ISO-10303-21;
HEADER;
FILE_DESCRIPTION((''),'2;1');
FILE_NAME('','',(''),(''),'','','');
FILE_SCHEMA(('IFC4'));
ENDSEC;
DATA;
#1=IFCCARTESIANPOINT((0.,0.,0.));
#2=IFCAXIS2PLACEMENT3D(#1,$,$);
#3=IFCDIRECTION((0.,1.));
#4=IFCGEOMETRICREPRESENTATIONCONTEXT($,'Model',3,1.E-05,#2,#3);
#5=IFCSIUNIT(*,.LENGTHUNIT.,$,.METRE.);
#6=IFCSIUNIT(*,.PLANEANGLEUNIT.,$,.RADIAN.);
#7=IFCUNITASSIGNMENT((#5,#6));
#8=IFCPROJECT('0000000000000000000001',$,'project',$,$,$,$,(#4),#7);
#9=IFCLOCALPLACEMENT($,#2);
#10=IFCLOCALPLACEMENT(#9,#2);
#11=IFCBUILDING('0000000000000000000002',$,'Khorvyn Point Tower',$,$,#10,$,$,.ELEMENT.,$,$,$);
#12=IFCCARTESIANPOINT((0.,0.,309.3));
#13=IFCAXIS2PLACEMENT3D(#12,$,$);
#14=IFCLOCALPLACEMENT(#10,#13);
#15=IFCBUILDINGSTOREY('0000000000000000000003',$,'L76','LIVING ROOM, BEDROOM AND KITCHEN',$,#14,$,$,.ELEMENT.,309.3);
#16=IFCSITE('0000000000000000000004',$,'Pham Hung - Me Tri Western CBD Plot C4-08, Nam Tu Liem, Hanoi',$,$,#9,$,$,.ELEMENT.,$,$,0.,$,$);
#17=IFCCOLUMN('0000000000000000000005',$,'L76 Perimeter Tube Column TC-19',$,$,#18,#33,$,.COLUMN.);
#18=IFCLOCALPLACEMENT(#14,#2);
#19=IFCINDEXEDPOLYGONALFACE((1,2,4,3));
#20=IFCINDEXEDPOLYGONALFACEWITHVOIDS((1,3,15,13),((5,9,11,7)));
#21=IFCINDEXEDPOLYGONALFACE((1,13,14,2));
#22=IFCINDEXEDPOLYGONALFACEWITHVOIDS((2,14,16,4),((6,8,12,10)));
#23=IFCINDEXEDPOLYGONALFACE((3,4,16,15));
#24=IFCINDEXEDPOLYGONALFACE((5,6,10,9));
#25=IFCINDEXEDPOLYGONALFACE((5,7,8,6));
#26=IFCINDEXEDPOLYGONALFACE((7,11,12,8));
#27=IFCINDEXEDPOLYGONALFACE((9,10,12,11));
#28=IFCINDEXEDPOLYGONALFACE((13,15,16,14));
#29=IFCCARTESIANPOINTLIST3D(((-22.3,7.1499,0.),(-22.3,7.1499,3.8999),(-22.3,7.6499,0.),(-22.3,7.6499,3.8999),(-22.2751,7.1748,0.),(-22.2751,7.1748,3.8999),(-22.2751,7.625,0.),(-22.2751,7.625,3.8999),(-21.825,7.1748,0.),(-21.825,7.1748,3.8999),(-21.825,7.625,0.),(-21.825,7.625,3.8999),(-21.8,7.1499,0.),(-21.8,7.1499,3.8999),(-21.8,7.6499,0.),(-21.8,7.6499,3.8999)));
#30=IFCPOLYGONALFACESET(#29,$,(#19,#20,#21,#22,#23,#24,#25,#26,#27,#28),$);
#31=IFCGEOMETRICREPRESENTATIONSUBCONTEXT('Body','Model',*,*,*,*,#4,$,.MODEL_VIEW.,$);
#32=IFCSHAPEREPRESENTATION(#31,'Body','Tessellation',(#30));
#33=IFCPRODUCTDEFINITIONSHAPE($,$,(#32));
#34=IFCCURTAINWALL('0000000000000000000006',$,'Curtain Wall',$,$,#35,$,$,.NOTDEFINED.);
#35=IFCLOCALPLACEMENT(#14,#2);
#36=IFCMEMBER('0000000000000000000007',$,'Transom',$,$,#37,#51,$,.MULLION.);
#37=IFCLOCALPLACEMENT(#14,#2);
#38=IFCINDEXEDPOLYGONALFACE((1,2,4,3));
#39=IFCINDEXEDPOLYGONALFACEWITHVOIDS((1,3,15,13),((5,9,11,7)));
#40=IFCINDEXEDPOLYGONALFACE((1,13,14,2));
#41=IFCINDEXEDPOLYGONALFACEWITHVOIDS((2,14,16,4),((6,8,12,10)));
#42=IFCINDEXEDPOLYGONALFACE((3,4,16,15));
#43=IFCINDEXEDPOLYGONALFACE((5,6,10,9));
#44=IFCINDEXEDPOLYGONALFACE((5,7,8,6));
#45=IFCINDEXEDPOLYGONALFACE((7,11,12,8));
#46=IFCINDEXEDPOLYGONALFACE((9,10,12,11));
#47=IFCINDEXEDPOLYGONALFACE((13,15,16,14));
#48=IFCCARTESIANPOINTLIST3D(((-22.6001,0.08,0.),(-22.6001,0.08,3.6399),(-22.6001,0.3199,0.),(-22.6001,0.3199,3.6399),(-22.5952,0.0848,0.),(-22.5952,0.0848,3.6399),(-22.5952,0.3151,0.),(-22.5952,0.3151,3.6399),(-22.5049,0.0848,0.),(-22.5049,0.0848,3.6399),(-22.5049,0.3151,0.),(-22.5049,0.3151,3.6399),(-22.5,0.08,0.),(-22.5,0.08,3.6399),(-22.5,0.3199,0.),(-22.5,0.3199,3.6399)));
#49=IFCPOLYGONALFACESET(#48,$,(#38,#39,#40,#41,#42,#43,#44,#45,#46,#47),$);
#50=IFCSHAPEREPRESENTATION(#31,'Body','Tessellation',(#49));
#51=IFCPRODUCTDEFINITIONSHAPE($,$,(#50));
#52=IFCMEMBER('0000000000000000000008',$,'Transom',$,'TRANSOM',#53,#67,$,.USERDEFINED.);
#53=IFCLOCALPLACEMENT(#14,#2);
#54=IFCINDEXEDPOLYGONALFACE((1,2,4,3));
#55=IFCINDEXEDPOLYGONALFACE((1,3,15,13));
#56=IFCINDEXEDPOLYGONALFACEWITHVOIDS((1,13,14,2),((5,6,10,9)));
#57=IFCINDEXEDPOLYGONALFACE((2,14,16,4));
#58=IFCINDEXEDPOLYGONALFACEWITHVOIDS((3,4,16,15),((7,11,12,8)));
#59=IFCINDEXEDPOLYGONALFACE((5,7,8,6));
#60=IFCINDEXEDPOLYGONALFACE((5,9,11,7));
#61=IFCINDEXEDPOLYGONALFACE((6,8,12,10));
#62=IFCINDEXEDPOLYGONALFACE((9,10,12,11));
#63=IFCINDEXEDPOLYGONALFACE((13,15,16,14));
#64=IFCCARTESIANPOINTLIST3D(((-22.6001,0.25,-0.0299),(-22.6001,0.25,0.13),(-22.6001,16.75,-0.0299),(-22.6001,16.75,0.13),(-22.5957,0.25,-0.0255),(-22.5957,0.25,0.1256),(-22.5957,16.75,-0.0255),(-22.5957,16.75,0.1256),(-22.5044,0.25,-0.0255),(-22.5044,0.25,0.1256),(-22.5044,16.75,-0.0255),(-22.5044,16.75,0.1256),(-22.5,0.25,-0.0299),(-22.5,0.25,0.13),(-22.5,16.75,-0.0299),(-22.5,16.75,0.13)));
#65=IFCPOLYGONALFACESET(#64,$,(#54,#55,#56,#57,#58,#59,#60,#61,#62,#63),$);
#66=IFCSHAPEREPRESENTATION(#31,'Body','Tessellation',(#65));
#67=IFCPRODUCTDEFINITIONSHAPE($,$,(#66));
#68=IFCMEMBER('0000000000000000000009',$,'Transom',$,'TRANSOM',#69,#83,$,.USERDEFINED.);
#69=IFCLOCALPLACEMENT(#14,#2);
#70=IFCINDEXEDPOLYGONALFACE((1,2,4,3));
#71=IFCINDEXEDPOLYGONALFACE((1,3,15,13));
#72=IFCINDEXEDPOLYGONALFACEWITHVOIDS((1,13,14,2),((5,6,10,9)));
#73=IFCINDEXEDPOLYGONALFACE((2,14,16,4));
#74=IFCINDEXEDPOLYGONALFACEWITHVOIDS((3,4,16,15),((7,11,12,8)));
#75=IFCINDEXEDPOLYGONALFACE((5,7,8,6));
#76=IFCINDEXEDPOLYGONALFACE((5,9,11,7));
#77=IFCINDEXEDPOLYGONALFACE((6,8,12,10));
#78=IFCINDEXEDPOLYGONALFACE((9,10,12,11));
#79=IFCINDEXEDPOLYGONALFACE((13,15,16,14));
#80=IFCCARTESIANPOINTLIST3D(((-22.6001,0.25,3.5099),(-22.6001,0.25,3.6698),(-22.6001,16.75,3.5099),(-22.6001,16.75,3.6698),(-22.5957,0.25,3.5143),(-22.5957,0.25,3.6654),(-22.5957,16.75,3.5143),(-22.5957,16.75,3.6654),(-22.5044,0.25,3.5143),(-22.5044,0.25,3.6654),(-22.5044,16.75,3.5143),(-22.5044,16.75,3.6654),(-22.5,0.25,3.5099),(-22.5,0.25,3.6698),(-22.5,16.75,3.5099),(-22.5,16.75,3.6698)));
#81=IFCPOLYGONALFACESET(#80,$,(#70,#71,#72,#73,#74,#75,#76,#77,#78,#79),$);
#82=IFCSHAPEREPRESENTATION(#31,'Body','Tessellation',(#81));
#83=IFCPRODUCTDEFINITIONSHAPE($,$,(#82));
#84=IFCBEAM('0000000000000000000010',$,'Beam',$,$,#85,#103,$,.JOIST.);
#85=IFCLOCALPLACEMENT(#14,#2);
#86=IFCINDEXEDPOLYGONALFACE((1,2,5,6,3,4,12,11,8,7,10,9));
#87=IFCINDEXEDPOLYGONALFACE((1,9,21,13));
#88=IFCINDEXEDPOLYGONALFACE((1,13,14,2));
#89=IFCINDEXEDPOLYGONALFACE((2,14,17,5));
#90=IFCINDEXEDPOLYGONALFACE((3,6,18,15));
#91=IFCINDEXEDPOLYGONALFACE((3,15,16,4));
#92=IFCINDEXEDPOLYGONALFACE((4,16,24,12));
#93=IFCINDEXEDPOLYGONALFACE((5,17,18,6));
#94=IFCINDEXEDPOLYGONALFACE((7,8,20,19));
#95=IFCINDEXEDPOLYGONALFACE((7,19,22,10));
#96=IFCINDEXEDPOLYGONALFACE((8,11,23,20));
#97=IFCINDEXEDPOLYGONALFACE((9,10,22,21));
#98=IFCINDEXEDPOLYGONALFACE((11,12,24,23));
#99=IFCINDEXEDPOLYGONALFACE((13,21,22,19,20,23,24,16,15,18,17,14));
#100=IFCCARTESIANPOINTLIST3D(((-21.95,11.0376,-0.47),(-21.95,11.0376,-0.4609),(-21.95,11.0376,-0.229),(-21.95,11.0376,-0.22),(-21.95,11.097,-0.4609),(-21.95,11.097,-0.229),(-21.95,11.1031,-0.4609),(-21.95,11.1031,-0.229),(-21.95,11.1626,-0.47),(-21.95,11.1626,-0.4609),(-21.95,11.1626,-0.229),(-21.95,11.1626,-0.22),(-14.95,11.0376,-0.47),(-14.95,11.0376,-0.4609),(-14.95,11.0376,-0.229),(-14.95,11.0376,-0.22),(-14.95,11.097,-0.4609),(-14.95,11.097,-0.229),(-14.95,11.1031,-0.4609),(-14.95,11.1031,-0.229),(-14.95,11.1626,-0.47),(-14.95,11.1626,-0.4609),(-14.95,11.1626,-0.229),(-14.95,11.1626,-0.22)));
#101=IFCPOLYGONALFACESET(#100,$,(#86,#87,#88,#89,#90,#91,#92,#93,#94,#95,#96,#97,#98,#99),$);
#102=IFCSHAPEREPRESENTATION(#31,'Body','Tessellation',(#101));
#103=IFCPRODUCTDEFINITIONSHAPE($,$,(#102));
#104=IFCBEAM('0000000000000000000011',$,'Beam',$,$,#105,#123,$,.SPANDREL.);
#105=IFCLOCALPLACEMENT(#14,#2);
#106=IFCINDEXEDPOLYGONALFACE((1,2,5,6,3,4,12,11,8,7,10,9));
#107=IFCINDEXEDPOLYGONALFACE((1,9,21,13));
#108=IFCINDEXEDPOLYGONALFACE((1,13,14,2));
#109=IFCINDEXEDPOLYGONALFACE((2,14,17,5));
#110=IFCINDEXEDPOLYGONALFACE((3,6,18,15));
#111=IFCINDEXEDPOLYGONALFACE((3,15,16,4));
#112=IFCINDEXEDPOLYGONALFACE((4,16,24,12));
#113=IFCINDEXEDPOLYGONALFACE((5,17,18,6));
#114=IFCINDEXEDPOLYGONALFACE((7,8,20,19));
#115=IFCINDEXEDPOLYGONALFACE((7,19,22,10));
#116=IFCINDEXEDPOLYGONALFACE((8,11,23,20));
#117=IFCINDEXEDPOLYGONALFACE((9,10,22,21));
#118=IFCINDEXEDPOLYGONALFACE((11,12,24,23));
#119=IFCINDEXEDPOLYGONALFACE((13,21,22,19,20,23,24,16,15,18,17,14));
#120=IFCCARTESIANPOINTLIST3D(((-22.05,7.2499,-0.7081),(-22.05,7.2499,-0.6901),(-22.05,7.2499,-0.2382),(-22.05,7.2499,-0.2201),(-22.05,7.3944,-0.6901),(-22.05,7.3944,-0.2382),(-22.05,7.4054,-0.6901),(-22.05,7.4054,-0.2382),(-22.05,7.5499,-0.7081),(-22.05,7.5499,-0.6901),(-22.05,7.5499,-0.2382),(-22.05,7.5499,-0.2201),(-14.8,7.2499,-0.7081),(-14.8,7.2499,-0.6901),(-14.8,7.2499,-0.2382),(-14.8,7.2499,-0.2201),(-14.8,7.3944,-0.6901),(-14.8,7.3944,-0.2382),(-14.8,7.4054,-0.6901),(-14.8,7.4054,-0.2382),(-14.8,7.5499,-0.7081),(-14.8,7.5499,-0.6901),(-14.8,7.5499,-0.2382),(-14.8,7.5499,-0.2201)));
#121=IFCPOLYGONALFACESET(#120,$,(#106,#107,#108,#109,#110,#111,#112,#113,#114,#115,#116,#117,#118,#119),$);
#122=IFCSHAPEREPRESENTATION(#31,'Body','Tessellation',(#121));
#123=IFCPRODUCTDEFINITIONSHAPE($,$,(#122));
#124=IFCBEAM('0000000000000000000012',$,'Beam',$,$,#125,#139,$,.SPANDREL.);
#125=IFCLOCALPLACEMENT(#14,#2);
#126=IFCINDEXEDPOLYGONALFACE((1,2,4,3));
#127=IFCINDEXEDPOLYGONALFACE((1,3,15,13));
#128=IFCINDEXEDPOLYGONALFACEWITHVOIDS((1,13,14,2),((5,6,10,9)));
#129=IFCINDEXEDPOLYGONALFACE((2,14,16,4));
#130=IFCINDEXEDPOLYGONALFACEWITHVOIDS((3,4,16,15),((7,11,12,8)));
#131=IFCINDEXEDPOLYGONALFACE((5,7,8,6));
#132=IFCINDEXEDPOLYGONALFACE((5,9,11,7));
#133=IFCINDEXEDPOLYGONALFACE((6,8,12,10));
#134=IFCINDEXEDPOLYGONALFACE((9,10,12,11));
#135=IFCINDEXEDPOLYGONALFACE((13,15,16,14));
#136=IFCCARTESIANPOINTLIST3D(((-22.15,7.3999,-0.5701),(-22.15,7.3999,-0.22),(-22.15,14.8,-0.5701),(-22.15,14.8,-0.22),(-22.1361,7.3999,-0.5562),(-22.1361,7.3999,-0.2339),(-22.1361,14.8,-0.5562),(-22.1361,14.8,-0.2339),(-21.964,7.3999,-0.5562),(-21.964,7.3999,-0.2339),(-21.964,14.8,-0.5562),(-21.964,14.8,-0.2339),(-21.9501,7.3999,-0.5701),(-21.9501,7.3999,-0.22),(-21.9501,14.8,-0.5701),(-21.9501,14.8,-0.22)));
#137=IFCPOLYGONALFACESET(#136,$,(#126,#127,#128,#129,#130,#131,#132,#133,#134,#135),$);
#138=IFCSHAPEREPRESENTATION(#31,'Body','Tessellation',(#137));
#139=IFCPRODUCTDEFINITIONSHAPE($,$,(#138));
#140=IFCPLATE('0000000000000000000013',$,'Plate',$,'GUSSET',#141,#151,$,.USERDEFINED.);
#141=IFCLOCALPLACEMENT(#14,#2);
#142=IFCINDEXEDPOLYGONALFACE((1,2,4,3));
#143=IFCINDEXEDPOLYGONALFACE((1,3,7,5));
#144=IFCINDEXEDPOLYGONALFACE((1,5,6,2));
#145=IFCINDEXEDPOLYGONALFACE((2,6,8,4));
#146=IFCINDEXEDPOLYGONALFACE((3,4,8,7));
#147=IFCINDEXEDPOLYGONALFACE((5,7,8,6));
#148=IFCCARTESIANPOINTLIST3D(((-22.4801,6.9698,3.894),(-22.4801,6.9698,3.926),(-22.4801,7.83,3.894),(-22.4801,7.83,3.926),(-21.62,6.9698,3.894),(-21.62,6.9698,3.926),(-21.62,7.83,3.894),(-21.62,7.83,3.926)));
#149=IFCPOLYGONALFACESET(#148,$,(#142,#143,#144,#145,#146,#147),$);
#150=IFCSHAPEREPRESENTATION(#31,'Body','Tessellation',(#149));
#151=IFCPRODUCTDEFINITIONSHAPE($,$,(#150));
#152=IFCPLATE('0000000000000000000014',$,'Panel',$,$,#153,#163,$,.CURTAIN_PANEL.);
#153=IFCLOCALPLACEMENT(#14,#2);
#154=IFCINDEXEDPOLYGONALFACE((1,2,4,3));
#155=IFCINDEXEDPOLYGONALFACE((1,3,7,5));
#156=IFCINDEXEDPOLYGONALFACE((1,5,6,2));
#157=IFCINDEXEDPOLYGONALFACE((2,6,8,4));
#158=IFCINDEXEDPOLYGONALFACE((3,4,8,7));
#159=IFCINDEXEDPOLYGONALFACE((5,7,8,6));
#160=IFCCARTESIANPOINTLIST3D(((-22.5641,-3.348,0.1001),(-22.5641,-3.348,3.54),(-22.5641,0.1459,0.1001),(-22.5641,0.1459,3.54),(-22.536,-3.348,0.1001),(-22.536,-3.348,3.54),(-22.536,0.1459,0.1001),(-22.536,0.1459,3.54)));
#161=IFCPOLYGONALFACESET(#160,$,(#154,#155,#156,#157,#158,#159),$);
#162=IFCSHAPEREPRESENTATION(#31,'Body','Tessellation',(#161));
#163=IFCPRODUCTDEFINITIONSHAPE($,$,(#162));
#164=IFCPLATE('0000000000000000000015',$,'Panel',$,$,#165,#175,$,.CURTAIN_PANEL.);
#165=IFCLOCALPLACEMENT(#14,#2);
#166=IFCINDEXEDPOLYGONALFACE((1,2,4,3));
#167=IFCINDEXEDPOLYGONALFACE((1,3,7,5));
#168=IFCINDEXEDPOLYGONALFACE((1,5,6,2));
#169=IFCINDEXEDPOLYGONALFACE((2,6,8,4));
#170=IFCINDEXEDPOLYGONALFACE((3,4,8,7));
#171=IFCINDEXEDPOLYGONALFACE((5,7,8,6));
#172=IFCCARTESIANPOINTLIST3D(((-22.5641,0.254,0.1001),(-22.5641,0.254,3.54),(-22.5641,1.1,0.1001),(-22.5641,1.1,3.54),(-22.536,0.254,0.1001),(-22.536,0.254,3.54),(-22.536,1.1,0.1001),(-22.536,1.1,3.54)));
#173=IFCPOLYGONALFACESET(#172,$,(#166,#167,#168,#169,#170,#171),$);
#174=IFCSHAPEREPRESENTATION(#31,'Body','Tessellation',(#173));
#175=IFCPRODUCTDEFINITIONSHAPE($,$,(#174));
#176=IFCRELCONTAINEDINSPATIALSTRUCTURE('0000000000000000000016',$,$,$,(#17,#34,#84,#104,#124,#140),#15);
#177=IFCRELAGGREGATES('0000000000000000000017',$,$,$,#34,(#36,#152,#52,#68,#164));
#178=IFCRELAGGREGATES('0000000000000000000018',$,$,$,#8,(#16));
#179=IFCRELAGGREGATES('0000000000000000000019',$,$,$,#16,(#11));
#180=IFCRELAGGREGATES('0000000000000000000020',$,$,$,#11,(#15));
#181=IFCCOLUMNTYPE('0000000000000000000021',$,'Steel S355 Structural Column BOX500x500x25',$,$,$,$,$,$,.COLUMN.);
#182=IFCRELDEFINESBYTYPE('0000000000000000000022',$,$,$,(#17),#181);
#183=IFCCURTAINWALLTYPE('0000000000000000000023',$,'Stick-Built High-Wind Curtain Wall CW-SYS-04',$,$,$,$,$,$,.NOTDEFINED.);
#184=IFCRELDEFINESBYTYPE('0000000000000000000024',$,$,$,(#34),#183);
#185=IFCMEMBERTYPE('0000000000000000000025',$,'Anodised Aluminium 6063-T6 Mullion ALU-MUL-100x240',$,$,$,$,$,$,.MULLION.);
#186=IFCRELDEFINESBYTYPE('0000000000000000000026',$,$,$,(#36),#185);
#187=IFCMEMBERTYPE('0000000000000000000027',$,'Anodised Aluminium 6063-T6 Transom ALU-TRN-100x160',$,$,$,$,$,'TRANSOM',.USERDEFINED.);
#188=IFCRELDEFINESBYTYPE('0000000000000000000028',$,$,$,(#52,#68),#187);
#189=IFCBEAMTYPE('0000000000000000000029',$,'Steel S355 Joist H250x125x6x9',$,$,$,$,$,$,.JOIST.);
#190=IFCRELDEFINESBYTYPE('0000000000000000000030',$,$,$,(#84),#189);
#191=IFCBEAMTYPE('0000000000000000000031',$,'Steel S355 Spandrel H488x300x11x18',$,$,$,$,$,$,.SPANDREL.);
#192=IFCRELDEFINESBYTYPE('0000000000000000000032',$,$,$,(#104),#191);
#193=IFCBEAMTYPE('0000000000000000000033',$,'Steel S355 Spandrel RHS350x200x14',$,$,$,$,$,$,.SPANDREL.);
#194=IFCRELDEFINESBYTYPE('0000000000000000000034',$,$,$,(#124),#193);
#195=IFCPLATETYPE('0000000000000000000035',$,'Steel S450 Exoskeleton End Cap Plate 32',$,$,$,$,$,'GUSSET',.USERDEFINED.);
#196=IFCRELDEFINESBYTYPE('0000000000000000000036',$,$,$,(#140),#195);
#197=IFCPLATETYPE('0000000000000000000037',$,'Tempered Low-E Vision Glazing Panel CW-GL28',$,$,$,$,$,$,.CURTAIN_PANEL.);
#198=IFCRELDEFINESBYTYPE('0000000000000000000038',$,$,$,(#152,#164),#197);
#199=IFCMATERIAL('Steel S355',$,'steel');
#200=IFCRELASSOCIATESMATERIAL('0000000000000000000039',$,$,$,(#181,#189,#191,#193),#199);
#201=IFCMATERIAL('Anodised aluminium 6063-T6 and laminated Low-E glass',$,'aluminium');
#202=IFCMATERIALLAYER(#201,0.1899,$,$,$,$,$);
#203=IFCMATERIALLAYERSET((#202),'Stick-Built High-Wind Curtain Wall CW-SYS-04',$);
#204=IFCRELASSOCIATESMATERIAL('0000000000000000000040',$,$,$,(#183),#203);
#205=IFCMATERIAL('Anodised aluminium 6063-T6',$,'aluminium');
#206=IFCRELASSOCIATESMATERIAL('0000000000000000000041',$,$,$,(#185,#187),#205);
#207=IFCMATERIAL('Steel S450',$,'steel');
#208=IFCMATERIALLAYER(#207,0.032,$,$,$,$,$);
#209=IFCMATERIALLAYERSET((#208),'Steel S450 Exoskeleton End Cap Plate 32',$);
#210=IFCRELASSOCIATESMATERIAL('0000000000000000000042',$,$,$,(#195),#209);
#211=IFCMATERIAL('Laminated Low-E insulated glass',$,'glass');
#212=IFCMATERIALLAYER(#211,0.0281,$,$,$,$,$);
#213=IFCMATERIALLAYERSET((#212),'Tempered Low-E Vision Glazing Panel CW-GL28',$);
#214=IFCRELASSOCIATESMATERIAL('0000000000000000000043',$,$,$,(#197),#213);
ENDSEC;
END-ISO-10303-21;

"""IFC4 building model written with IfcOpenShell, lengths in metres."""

from ifc_helpers import new_model, si_unit, direction, frame, origin, origin_2d, place, context, subcontext, project, spatial, rectangle, hollow_rectangle, i_section, extrude, material, layer, layer_set, material_profile, profile_set, type_object, element, aggregate, save


model = new_model("IFC4")

# Units and contexts
model_context = context("Model", 3, precision=1e-05, world=origin(), true_north=direction((0.0, 1.0)))
body_context = subcontext(model_context, "Body", "Model", "MODEL_VIEW")
ifc_project = project(units=[si_unit("LENGTHUNIT", "METRE"), si_unit("PLANEANGLEUNIT", "RADIAN")], contexts=[model_context])

# Site, building, storey
site_placement = place(None, origin())
site = spatial("IfcSite", under=ifc_project, at=site_placement, Name="Pham Hung - Me Tri Western CBD Plot C4-08, Nam Tu Liem, Hanoi", CompositionType="ELEMENT", RefElevation=0.0)
building_placement = place(site_placement, origin())
building = spatial("IfcBuilding", under=site, at=building_placement, Name="Khorvyn Point Tower", CompositionType="ELEMENT")
storey_placement = place(building_placement, frame((0.0, 0.0, 309.3)))
storey = spatial("IfcBuildingStorey", under=building, at=storey_placement, Name="L76", Description="LIVING ROOM, BEDROOM AND KITCHEN", CompositionType="ELEMENT", Elevation=309.3)

# Column
ifc_material_1 = material(Name="Steel S355", Category="steel")
ifc_material_profile_1 = material_profile(ifc_material_1, hollow_rectangle(XDim=0.5, YDim=0.5, WallThickness=0.0249, at=origin_2d()))
ifc_profile_set_1 = profile_set([ifc_material_profile_1], Name="Steel S355 BOX500x500x25")
column_type = type_object("IfcColumnType", Name="Steel S355 Structural Column BOX500x500x25", PredefinedType="COLUMN", material=ifc_profile_set_1)
column_placement = place(storey_placement, frame((-22.05, 7.3999, 0.0), z_axis=(0.0, 0.0, 1.0), x_axis=(1.0, 0.0, 0.0)))
element("IfcColumn", 1, at=column_placement, inside=storey, type_object=column_type, Name="L76 Perimeter Tube Column TC-19", PredefinedType="COLUMN", context=body_context, shape_type="SweptSolid", body=[
    extrude(hollow_rectangle(XDim=0.5, YDim=0.5, WallThickness=0.0249, at=origin_2d()), origin(), (0.0, 0.0, 1.0), 3.8999),
])

# Curtain wall, members
ifc_material_2 = material(Name="Anodised aluminium 6063-T6 and laminated Low-E glass", Category="aluminium")
ifc_layer_1 = layer(ifc_material_2, 0.1899)
ifc_layer_set_1 = layer_set([ifc_layer_1], Name="Stick-Built High-Wind Curtain Wall CW-SYS-04")
curtain_wall_type = type_object("IfcCurtainWallType", Name="Stick-Built High-Wind Curtain Wall CW-SYS-04", PredefinedType="NOTDEFINED", material=ifc_layer_set_1)
curtain_wall_placement = place(storey_placement, origin())
curtain_wall = element("IfcCurtainWall", 2, at=curtain_wall_placement, inside=storey, type_object=curtain_wall_type, Name="Curtain Wall", PredefinedType="NOTDEFINED")
ifc_material_3 = material(Name="Anodised aluminium 6063-T6", Category="aluminium")
ifc_material_profile_2 = material_profile(ifc_material_3, hollow_rectangle(XDim=0.1001, YDim=0.24, WallThickness=0.0049, at=origin_2d()))
ifc_profile_set_2 = profile_set([ifc_material_profile_2], Name="Anodised aluminium 6063-T6 ALU-MUL-100x240")
member_type_1 = type_object("IfcMemberType", Name="Anodised Aluminium 6063-T6 Mullion ALU-MUL-100x240", PredefinedType="MULLION", material=ifc_profile_set_2)
member_1_placement = place(storey_placement, frame((-22.55, 0.2, 0.0), z_axis=(0.0, 0.0, 1.0), x_axis=(-1.0, 0.0, 0.0)))
member_1 = element("IfcMember", 3, at=member_1_placement, type_object=member_type_1, Name="Transom", PredefinedType="MULLION", context=body_context, shape_type="SweptSolid", body=[
    extrude(hollow_rectangle(XDim=0.1001, YDim=0.24, WallThickness=0.0049, at=origin_2d()), origin(), (0.0, 0.0, 1.0), 3.6399),
])
ifc_material_profile_3 = material_profile(ifc_material_3, hollow_rectangle(XDim=0.1001, YDim=0.1599, WallThickness=0.0044, at=origin_2d()))
ifc_profile_set_3 = profile_set([ifc_material_profile_3], Name="Anodised aluminium 6063-T6 ALU-TRN-100x160")
member_type_2 = type_object("IfcMemberType", Name="Anodised Aluminium 6063-T6 Transom ALU-TRN-100x160", ElementType="TRANSOM", PredefinedType="USERDEFINED", material=ifc_profile_set_3)
member_2_placement = place(storey_placement, frame((-22.55, 0.25, 0.05), z_axis=(0.0, 1.0, 0.0), x_axis=(-1.0, 0.0, 0.0)))
member_2 = element("IfcMember", 4, at=member_2_placement, type_object=member_type_2, Name="Transom", ObjectType="TRANSOM", PredefinedType="USERDEFINED", context=body_context, shape_type="SweptSolid", body=[
    extrude(hollow_rectangle(XDim=0.1001, YDim=0.1599, WallThickness=0.0044, at=origin_2d()), origin(), (0.0, 0.0, 1.0), 16.5),
])
member_3_placement = place(storey_placement, frame((-22.55, 0.25, 3.5898), z_axis=(0.0, 1.0, 0.0), x_axis=(-1.0, 0.0, 0.0)))
member_3 = element("IfcMember", 5, at=member_3_placement, type_object=member_type_2, Name="Transom", ObjectType="TRANSOM", PredefinedType="USERDEFINED", context=body_context, shape_type="SweptSolid", body=[
    extrude(hollow_rectangle(XDim=0.1001, YDim=0.1599, WallThickness=0.0044, at=origin_2d()), origin(), (0.0, 0.0, 1.0), 16.5),
])

# Beams
ifc_material_profile_4 = material_profile(ifc_material_1, i_section(OverallWidth=0.125, OverallDepth=0.25, WebThickness=0.0061, FlangeThickness=0.009, at=origin_2d()))
ifc_profile_set_4 = profile_set([ifc_material_profile_4], Name="Steel S355 H250x125x6x9")
beam_type_1 = type_object("IfcBeamType", Name="Steel S355 Joist H250x125x6x9", PredefinedType="JOIST", material=ifc_profile_set_4)
beam_1_placement = place(storey_placement, frame((-21.95, 11.1001, -0.345), z_axis=(1.0, 0.0, 0.0), x_axis=(0.0, 1.0, 0.0)))
element("IfcBeam", 6, at=beam_1_placement, inside=storey, type_object=beam_type_1, Name="Beam", PredefinedType="JOIST", context=body_context, shape_type="SweptSolid", body=[
    extrude(i_section(OverallWidth=0.125, OverallDepth=0.25, WebThickness=0.0061, FlangeThickness=0.009, at=origin_2d()), origin(), (0.0, 0.0, 1.0), 7.0),
])
ifc_material_profile_5 = material_profile(ifc_material_1, i_section(OverallWidth=0.3, OverallDepth=0.488, WebThickness=0.011, FlangeThickness=0.0181, at=origin_2d()))
ifc_profile_set_5 = profile_set([ifc_material_profile_5], Name="Steel S355 H488x300x11x18")
beam_type_2 = type_object("IfcBeamType", Name="Steel S355 Spandrel H488x300x11x18", PredefinedType="SPANDREL", material=ifc_profile_set_5)
beam_2_placement = place(storey_placement, frame((-22.05, 7.3999, -0.4641), z_axis=(1.0, 0.0, 0.0), x_axis=(0.0, 1.0, 0.0)))
element("IfcBeam", 7, at=beam_2_placement, inside=storey, type_object=beam_type_2, Name="Beam", PredefinedType="SPANDREL", context=body_context, shape_type="SweptSolid", body=[
    extrude(i_section(OverallWidth=0.3, OverallDepth=0.488, WebThickness=0.011, FlangeThickness=0.0181, at=origin_2d()), origin(), (0.0, 0.0, 1.0), 7.25),
])
ifc_material_profile_6 = material_profile(ifc_material_1, hollow_rectangle(XDim=0.2, YDim=0.3501, WallThickness=0.0139, at=origin_2d()))
ifc_profile_set_6 = profile_set([ifc_material_profile_6], Name="Steel S355 RHS350x200x14")
beam_type_3 = type_object("IfcBeamType", Name="Steel S355 Spandrel RHS350x200x14", PredefinedType="SPANDREL", material=ifc_profile_set_6)
beam_3_placement = place(storey_placement, frame((-22.05, 7.3999, -0.395), z_axis=(0.0, 1.0, 0.0), x_axis=(-1.0, 0.0, 0.0)))
element("IfcBeam", 8, at=beam_3_placement, inside=storey, type_object=beam_type_3, Name="Beam", PredefinedType="SPANDREL", context=body_context, shape_type="SweptSolid", body=[
    extrude(hollow_rectangle(XDim=0.2, YDim=0.3501, WallThickness=0.0139, at=origin_2d()), origin(), (0.0, 0.0, 1.0), 7.4001),
])

# Plates
ifc_material_4 = material(Name="Steel S450", Category="steel")
ifc_layer_2 = layer(ifc_material_4, 0.032)
ifc_layer_set_2 = layer_set([ifc_layer_2], Name="Steel S450 Exoskeleton End Cap Plate 32")
plate_type_1 = type_object("IfcPlateType", Name="Steel S450 Exoskeleton End Cap Plate 32", ElementType="GUSSET", PredefinedType="USERDEFINED", material=ifc_layer_set_2)
plate_1_placement = place(storey_placement, frame((-22.05, 7.3999, 3.894), z_axis=(0.0, 0.0, 1.0), x_axis=(1.0, 0.0, 0.0)))
element("IfcPlate", 9, at=plate_1_placement, inside=storey, type_object=plate_type_1, Name="Plate", ObjectType="GUSSET", PredefinedType="USERDEFINED", context=body_context, shape_type="SweptSolid", body=[
    extrude(rectangle(XDim=0.8601, YDim=0.8601, at=origin_2d()), origin(), (0.0, 0.0, 1.0), 0.032),
])
ifc_material_5 = material(Name="Laminated Low-E insulated glass", Category="glass")
ifc_layer_3 = layer(ifc_material_5, 0.0281)
ifc_layer_set_3 = layer_set([ifc_layer_3], Name="Tempered Low-E Vision Glazing Panel CW-GL28")
plate_type_2 = type_object("IfcPlateType", Name="Tempered Low-E Vision Glazing Panel CW-GL28", PredefinedType="CURTAIN_PANEL", material=ifc_layer_set_3)
plate_2_placement = place(storey_placement, frame((-22.55, -1.6011, 0.1001), z_axis=(0.0, 0.0, 1.0), x_axis=(0.0, 1.0, 0.0)))
plate_2 = element("IfcPlate", 10, at=plate_2_placement, type_object=plate_type_2, Name="Panel", PredefinedType="CURTAIN_PANEL", context=body_context, shape_type="SweptSolid", body=[
    extrude(rectangle(XDim=3.4939, YDim=0.0281, at=origin_2d()), origin(), (0.0, 0.0, 1.0), 3.4399),
])
plate_3_placement = place(storey_placement, frame((-22.55, 0.677, 0.1001), z_axis=(0.0, 0.0, 1.0), x_axis=(0.0, 1.0, 0.0)))
plate_3 = element("IfcPlate", 11, at=plate_3_placement, type_object=plate_type_2, Name="Panel", PredefinedType="CURTAIN_PANEL", context=body_context, shape_type="SweptSolid", body=[
    extrude(rectangle(XDim=0.8459, YDim=0.0281, at=origin_2d()), origin(), (0.0, 0.0, 1.0), 3.4399),
])
aggregate(curtain_wall, [member_1, plate_2, member_2, member_3, plate_3])

save(model, "model.ifc")
